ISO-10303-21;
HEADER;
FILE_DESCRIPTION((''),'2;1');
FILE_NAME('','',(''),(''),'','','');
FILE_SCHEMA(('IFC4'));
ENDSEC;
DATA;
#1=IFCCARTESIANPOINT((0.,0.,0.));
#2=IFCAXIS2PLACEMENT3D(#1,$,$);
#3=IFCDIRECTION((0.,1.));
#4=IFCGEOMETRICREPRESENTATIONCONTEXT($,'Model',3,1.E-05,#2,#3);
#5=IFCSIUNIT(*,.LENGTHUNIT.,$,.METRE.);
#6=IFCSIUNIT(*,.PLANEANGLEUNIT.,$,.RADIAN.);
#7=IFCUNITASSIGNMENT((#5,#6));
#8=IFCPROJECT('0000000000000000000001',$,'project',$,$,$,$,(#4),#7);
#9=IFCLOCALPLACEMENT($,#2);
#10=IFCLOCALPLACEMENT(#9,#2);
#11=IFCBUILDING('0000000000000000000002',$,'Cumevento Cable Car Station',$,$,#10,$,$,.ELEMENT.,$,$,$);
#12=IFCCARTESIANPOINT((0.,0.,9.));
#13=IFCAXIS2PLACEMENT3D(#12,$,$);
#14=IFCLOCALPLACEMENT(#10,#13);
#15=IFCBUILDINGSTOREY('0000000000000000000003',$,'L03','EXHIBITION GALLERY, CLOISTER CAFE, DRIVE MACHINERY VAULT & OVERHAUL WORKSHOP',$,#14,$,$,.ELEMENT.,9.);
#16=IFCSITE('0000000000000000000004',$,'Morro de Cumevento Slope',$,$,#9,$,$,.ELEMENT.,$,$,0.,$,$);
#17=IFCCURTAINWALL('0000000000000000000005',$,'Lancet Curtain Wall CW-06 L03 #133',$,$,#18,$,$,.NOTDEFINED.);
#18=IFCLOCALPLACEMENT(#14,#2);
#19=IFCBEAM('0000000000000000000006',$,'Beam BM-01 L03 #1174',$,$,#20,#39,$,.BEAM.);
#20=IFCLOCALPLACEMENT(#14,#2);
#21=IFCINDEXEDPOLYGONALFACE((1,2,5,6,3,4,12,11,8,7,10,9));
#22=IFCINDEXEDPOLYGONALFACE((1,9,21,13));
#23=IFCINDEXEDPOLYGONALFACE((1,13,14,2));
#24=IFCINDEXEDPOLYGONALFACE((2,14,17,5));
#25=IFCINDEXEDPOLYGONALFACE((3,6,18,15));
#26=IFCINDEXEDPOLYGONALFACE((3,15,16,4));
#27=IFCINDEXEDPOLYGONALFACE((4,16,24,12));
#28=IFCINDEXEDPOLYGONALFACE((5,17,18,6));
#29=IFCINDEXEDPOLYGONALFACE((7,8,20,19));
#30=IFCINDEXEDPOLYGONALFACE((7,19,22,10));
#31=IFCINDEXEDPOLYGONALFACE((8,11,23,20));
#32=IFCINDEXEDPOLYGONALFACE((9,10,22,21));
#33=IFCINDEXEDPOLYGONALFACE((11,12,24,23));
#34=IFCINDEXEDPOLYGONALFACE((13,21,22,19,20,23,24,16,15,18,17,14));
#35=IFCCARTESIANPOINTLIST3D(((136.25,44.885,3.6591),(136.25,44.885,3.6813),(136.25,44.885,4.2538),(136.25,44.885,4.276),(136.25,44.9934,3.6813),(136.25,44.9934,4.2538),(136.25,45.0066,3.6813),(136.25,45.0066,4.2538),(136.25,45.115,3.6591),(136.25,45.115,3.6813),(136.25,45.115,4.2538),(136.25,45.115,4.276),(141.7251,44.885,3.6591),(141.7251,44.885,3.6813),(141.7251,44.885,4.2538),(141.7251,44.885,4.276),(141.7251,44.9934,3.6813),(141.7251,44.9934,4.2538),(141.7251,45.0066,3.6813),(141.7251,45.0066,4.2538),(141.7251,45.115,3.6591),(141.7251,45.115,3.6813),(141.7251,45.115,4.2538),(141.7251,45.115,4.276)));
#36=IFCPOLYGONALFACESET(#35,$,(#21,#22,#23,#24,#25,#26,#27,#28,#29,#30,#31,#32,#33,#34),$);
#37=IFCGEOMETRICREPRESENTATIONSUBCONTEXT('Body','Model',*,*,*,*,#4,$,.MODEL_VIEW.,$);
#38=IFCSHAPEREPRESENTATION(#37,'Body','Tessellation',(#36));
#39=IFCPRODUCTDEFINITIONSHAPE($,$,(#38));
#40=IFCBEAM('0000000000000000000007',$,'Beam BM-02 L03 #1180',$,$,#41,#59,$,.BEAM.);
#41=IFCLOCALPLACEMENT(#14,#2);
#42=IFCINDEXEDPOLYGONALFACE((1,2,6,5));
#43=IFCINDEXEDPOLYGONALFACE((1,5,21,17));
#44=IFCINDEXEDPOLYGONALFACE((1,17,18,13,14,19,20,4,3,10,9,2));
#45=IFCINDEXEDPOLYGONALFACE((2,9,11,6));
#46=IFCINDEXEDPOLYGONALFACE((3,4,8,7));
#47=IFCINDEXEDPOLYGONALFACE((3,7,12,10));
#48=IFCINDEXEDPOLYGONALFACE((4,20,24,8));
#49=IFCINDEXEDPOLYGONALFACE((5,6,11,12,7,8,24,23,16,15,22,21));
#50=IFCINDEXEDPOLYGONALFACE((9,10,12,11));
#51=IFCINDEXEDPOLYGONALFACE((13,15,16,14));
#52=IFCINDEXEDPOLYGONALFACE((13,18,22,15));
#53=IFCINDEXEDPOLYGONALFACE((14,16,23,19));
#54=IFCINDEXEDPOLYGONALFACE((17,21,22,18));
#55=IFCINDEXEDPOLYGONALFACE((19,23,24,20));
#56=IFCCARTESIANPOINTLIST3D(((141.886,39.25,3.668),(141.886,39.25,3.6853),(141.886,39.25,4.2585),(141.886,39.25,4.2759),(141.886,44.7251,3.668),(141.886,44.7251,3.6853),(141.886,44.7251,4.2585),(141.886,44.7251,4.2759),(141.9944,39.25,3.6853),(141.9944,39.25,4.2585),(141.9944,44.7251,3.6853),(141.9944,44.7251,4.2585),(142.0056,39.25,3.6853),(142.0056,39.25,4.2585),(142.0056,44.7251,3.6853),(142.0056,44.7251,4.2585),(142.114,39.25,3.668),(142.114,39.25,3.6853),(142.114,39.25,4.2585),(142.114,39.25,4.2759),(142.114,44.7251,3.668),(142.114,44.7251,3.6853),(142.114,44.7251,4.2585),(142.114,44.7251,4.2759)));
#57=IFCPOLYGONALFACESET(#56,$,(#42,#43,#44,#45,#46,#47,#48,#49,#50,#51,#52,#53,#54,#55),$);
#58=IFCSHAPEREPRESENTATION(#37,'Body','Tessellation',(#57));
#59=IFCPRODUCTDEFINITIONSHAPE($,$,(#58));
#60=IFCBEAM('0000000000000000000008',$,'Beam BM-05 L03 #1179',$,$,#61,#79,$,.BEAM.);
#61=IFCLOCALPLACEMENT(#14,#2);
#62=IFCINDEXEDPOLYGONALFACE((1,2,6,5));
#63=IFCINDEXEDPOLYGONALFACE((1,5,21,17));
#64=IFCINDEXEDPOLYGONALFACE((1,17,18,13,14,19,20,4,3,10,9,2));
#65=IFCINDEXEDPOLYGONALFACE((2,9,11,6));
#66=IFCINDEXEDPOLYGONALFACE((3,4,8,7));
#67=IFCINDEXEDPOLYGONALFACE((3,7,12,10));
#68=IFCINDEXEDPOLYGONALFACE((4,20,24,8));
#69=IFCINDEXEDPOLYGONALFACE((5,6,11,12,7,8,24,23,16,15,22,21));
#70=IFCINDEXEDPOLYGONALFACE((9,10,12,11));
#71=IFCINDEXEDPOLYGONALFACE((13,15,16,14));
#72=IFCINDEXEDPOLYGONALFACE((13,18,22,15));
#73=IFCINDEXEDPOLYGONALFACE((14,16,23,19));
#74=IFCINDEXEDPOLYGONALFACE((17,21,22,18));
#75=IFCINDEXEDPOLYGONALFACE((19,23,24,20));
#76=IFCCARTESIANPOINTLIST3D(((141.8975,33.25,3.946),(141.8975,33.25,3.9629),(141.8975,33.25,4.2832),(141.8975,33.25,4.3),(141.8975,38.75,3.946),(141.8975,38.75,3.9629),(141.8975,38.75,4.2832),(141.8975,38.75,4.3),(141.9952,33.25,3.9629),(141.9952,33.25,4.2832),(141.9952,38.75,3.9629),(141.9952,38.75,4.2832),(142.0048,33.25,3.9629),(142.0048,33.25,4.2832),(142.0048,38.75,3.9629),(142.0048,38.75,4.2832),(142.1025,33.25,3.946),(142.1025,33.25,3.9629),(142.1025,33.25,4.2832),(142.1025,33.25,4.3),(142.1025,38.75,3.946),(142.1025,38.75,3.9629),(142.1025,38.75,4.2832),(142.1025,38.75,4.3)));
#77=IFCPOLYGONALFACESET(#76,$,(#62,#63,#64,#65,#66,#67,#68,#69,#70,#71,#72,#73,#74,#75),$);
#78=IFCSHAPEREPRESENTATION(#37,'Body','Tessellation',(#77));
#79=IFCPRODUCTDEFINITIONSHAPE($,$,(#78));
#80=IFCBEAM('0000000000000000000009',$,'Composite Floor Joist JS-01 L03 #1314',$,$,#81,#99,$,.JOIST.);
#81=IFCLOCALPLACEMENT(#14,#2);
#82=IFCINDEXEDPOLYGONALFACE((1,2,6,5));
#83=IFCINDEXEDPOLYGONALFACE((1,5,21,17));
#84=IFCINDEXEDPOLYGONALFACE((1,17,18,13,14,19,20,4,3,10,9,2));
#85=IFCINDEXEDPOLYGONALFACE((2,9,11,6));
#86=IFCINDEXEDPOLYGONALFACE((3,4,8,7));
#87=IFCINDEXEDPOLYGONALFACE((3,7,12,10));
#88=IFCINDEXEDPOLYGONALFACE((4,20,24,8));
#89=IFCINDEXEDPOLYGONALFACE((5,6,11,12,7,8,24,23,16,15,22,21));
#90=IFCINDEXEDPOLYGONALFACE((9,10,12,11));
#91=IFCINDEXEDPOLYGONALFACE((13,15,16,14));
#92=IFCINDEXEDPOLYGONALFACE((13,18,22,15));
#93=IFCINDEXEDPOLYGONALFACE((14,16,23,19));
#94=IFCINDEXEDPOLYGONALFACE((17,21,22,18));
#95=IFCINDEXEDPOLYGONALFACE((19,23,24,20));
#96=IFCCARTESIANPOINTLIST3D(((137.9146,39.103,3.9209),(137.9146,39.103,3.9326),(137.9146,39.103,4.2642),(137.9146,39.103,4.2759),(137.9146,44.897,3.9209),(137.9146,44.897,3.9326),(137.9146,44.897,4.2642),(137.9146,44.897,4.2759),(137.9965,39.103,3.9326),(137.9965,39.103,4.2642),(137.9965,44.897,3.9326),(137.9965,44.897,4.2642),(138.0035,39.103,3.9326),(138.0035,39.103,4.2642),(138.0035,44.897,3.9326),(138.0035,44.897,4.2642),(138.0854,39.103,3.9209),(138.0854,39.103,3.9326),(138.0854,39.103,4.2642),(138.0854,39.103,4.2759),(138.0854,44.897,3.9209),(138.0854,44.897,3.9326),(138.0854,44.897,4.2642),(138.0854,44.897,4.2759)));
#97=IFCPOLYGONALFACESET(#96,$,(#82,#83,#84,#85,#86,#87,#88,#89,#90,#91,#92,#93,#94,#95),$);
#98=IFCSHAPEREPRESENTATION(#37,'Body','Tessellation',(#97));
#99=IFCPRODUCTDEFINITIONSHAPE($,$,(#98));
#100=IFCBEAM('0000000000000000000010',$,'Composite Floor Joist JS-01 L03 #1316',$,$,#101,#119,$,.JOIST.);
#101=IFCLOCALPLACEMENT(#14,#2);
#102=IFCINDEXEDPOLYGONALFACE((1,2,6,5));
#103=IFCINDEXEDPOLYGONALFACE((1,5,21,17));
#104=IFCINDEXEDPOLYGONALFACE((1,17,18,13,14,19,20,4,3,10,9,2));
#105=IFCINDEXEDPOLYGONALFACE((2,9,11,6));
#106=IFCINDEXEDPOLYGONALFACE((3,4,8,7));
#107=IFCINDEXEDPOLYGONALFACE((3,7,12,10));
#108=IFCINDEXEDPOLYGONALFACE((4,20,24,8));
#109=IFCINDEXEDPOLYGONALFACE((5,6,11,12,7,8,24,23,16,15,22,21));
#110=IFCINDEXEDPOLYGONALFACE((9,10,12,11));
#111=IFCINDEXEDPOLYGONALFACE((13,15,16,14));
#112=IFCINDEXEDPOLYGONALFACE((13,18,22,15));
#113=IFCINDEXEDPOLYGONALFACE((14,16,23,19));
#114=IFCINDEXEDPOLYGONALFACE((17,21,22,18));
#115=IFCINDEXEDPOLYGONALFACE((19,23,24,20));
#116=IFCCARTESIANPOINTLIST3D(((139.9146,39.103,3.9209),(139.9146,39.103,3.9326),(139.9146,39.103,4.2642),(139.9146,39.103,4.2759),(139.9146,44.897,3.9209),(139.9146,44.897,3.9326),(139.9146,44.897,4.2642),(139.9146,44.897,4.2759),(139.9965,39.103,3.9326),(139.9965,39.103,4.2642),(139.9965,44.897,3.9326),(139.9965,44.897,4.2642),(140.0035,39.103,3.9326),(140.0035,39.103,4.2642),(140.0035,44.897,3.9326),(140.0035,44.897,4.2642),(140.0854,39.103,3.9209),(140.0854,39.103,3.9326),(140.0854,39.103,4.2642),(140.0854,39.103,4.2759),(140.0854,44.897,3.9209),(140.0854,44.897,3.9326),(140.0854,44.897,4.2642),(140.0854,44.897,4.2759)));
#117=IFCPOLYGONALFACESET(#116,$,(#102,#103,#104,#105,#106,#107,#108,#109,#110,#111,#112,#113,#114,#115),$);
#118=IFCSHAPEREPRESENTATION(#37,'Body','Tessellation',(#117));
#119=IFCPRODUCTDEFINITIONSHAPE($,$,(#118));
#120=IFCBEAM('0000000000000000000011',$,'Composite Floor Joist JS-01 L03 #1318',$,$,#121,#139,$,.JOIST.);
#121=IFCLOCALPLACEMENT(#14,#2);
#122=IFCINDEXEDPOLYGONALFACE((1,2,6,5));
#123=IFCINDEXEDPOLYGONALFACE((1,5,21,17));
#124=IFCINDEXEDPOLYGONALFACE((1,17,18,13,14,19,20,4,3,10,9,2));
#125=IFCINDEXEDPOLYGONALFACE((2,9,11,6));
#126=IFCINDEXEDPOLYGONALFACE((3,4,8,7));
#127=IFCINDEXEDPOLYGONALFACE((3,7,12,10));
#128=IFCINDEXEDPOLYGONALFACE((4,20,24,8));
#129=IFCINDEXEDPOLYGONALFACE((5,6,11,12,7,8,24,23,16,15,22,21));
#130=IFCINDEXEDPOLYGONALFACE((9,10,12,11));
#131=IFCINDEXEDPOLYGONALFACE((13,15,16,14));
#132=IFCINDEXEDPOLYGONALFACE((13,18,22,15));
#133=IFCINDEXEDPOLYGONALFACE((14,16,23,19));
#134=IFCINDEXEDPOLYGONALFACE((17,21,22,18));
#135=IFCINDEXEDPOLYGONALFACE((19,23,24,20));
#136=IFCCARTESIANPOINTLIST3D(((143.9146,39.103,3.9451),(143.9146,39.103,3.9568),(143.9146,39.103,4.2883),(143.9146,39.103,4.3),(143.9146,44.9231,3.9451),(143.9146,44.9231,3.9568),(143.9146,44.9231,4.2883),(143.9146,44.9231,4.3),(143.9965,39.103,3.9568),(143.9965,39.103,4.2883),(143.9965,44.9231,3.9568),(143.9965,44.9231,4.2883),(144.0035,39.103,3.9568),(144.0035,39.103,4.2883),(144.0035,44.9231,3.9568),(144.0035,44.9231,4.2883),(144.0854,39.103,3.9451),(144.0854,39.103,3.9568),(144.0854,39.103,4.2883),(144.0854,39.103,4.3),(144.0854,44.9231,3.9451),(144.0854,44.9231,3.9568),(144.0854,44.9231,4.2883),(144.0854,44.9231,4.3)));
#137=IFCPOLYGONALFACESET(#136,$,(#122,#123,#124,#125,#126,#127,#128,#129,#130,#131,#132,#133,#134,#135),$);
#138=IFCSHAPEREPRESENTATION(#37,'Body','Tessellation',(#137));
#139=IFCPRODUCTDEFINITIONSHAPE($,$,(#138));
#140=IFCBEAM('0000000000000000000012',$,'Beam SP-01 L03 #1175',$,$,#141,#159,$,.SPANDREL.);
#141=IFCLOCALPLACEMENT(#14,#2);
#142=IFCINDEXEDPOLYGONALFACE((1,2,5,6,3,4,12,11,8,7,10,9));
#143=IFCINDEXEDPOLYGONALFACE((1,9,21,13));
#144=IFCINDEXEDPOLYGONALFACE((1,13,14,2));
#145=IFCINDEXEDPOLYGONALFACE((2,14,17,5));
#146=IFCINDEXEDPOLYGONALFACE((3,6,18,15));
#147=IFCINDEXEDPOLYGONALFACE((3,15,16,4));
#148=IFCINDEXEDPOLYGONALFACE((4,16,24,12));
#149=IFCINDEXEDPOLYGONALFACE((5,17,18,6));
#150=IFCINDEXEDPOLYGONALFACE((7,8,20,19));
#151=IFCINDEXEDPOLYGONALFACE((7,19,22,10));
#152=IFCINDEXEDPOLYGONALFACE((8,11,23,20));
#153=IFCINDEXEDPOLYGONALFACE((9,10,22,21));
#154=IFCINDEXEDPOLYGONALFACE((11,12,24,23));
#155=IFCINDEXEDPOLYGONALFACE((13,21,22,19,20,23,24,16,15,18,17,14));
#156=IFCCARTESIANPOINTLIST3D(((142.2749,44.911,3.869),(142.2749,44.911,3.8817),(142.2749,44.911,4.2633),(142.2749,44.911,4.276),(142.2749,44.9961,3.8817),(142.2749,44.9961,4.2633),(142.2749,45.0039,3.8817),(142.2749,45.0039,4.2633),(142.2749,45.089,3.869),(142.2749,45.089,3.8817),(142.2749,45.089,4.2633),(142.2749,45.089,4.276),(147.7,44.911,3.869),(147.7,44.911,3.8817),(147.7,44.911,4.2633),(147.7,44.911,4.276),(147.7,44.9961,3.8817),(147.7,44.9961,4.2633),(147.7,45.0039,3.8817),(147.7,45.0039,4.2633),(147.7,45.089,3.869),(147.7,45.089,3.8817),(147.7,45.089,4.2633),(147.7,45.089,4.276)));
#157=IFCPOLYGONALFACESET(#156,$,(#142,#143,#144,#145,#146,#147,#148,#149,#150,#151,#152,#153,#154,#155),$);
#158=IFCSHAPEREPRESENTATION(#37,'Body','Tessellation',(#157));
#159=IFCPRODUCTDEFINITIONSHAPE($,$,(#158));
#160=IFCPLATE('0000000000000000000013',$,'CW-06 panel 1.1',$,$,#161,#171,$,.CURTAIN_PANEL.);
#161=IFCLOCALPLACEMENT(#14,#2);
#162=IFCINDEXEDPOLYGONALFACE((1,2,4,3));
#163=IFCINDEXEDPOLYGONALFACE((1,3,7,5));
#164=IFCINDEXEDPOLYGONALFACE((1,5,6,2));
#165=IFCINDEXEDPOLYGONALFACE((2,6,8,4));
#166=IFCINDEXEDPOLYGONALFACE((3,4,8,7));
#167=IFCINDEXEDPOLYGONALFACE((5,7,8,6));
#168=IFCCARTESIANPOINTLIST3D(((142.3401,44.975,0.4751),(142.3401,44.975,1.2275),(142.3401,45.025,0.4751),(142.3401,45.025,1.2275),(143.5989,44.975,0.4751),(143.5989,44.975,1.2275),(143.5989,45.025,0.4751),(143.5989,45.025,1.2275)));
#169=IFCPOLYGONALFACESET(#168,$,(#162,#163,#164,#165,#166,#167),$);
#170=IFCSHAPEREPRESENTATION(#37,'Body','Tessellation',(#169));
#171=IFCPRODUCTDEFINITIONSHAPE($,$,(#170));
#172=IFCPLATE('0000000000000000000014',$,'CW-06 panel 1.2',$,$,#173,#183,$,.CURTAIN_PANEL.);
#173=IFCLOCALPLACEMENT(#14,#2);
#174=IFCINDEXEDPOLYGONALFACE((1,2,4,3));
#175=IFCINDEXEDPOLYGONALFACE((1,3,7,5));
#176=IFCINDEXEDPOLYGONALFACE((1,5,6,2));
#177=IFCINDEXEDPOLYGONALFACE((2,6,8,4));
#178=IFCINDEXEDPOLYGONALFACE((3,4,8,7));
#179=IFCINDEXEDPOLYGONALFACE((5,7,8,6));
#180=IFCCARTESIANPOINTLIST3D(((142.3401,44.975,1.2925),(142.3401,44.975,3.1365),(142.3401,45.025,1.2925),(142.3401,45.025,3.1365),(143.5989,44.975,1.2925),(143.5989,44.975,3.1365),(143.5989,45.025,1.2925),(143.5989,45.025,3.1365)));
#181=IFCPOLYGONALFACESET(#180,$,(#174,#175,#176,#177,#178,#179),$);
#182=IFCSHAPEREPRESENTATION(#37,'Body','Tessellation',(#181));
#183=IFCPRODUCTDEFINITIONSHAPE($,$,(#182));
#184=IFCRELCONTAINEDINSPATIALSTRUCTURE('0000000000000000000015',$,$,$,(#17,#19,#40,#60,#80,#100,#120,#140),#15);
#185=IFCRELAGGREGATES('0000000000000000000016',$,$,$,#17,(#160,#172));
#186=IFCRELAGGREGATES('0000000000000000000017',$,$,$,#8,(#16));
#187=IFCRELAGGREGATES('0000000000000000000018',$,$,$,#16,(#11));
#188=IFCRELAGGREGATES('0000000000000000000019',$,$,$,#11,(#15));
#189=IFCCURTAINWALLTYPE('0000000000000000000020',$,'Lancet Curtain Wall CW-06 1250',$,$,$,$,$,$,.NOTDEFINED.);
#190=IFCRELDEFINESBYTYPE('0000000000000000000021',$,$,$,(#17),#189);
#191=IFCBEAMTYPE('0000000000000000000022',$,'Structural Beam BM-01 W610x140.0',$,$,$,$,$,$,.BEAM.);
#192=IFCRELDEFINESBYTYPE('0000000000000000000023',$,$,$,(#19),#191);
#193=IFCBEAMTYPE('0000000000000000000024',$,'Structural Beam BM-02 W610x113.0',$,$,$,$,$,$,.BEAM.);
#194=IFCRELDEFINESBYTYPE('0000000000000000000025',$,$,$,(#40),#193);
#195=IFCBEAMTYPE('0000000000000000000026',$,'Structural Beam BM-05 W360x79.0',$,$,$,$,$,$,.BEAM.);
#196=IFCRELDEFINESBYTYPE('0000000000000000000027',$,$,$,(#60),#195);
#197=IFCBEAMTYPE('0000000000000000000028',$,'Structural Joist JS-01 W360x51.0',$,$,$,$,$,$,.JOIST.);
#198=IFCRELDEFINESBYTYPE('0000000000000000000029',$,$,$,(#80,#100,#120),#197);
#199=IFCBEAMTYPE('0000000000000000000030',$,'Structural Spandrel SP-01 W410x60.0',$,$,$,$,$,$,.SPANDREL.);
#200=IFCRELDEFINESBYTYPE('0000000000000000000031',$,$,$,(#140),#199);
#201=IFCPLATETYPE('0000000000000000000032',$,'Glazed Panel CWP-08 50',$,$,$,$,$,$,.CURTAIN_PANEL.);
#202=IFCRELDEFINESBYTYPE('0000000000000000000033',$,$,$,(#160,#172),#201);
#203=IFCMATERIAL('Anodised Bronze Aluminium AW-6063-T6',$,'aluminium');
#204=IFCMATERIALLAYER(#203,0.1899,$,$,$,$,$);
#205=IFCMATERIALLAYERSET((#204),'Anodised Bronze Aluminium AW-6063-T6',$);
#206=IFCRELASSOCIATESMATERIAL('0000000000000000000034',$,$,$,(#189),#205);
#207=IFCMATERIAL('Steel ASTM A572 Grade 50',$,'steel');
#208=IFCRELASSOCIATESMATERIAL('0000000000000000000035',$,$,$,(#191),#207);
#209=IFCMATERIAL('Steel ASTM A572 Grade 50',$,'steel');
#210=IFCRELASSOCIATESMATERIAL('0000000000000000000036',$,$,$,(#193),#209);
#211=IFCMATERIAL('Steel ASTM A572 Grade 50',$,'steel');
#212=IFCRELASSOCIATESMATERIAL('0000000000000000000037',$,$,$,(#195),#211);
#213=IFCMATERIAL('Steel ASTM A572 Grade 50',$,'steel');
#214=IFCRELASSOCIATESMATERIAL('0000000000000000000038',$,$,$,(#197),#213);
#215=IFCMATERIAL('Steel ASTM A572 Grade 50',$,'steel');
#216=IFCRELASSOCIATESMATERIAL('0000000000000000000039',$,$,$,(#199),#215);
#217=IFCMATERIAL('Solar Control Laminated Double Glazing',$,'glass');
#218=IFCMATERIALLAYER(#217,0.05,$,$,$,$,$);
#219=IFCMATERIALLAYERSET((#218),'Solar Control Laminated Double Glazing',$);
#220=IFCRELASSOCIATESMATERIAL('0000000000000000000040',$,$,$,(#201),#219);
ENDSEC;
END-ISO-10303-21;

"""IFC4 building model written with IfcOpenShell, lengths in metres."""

from ifc_helpers import new_model, si_unit, direction, frame, origin, origin_2d, place, context, subcontext, project, spatial, rectangle, i_section, extrude, material, layer, layer_set, material_profile, profile_set, type_object, element, aggregate, save


model = new_model("IFC4")

# Units and contexts
model_context = context("Model", 3, precision=1e-05, world=origin(), true_north=direction((0.0, 1.0)))
body_context = subcontext(model_context, "Body", "Model", "MODEL_VIEW")
ifc_project = project(units=[si_unit("LENGTHUNIT", "METRE"), si_unit("PLANEANGLEUNIT", "RADIAN")], contexts=[model_context])

# Site, building, storey
site_placement = place(None, origin())
site = spatial("IfcSite", under=ifc_project, at=site_placement, Name="Morro de Cumevento Slope", CompositionType="ELEMENT", RefElevation=0.0)
building_placement = place(site_placement, origin())
building = spatial("IfcBuilding", under=site, at=building_placement, Name="Cumevento Cable Car Station", CompositionType="ELEMENT")
storey_placement = place(building_placement, frame((0.0, 0.0, 9.0)))
storey = spatial("IfcBuildingStorey", under=building, at=storey_placement, Name="L03", Description="EXHIBITION GALLERY, CLOISTER CAFE, DRIVE MACHINERY VAULT & OVERHAUL WORKSHOP", CompositionType="ELEMENT", Elevation=9.0)

# Curtain wall
ifc_material_1 = material(Name="Anodised Bronze Aluminium AW-6063-T6", Category="aluminium")
ifc_layer_1 = layer(ifc_material_1, 0.1899)
ifc_layer_set_1 = layer_set([ifc_layer_1], Name="Anodised Bronze Aluminium AW-6063-T6")
curtain_wall_type = type_object("IfcCurtainWallType", Name="Lancet Curtain Wall CW-06 1250", PredefinedType="NOTDEFINED", material=ifc_layer_set_1)
curtain_wall_placement = place(storey_placement, origin())
curtain_wall = element("IfcCurtainWall", 1, at=curtain_wall_placement, inside=storey, type_object=curtain_wall_type, Name="Lancet Curtain Wall CW-06 L03 #133", PredefinedType="NOTDEFINED")

# Beams
ifc_material_2 = material(Name="Steel ASTM A572 Grade 50", Category="steel")
ifc_material_profile_1 = material_profile(ifc_material_2, i_section(OverallWidth=0.23, OverallDepth=0.6169, WebThickness=0.0132, FlangeThickness=0.0222, at=origin_2d()), Name="W610x140.0")
ifc_profile_set_1 = profile_set([ifc_material_profile_1], Name="Steel ASTM A572 Grade 50")
beam_type_1 = type_object("IfcBeamType", Name="Structural Beam BM-01 W610x140.0", PredefinedType="BEAM", material=ifc_profile_set_1)
for number, where, z_axis, x_axis, name in (
    (2, (136.25, 45.0, 3.9675), (1.0, 0.0, 0.0), (0.0, 1.0, 0.0), "Beam BM-01 L03 #1174"),
):
    element("IfcBeam", number, at=place(storey_placement, frame(where, z_axis=z_axis, x_axis=x_axis)), inside=storey, type_object=beam_type_1, Name=name, PredefinedType="BEAM", context=body_context, shape_type="SweptSolid", body=[
        extrude(i_section(OverallWidth=0.23, OverallDepth=0.6169, WebThickness=0.0132, FlangeThickness=0.0222, at=origin_2d()), origin(), (0.0, 0.0, 1.0), 5.4751),
    ])
ifc_material_3 = material(Name="Steel ASTM A572 Grade 50", Category="steel")
ifc_material_profile_2 = material_profile(ifc_material_3, i_section(OverallWidth=0.228, OverallDepth=0.6079, WebThickness=0.0112, FlangeThickness=0.0173, at=origin_2d()), Name="W610x113.0")
ifc_profile_set_2 = profile_set([ifc_material_profile_2], Name="Steel ASTM A572 Grade 50")
beam_type_2 = type_object("IfcBeamType", Name="Structural Beam BM-02 W610x113.0", PredefinedType="BEAM", material=ifc_profile_set_2)
beam_1_placement = place(storey_placement, frame((142.0, 39.25, 3.9719), z_axis=(0.0, 1.0, 0.0), x_axis=(-1.0, 0.0, 0.0)))
element("IfcBeam", 3, at=beam_1_placement, inside=storey, type_object=beam_type_2, Name="Beam BM-02 L03 #1180", PredefinedType="BEAM", context=body_context, shape_type="SweptSolid", body=[
    extrude(i_section(OverallWidth=0.228, OverallDepth=0.6079, WebThickness=0.0112, FlangeThickness=0.0173, at=origin_2d()), origin(), (0.0, 0.0, 1.0), 5.4751),
])
ifc_material_4 = material(Name="Steel ASTM A572 Grade 50", Category="steel")
ifc_material_profile_3 = material_profile(ifc_material_4, i_section(OverallWidth=0.2051, OverallDepth=0.354, WebThickness=0.0095, FlangeThickness=0.0168, at=origin_2d()), Name="W360x79.0")
ifc_profile_set_3 = profile_set([ifc_material_profile_3], Name="Steel ASTM A572 Grade 50")
beam_type_3 = type_object("IfcBeamType", Name="Structural Beam BM-05 W360x79.0", PredefinedType="BEAM", material=ifc_profile_set_3)
beam_2_placement = place(storey_placement, frame((142.0, 33.25, 4.123), z_axis=(0.0, 1.0, 0.0), x_axis=(-1.0, 0.0, 0.0)))
element("IfcBeam", 4, at=beam_2_placement, inside=storey, type_object=beam_type_3, Name="Beam BM-05 L03 #1179", PredefinedType="BEAM", context=body_context, shape_type="SweptSolid", body=[
    extrude(i_section(OverallWidth=0.2051, OverallDepth=0.354, WebThickness=0.0095, FlangeThickness=0.0168, at=origin_2d()), origin(), (0.0, 0.0, 1.0), 5.5),
])
ifc_material_5 = material(Name="Steel ASTM A572 Grade 50", Category="steel")
ifc_material_profile_4 = material_profile(ifc_material_5, i_section(OverallWidth=0.1709, OverallDepth=0.355, WebThickness=0.0071, FlangeThickness=0.0117, at=origin_2d()), Name="W360x51.0")
ifc_profile_set_4 = profile_set([ifc_material_profile_4], Name="Steel ASTM A572 Grade 50")
beam_type_4 = type_object("IfcBeamType", Name="Structural Joist JS-01 W360x51.0", PredefinedType="JOIST", material=ifc_profile_set_4)
for number, where, z_axis, x_axis, name in (
    (5, (138.0, 39.103, 4.0984), (0.0, 1.0, 0.0), (-1.0, 0.0, 0.0), "Composite Floor Joist JS-01 L03 #1314"),
    (6, (140.0, 39.103, 4.0984), (0.0, 1.0, 0.0), (-1.0, 0.0, 0.0), "Composite Floor Joist JS-01 L03 #1316"),
):
    element("IfcBeam", number, at=place(storey_placement, frame(where, z_axis=z_axis, x_axis=x_axis)), inside=storey, type_object=beam_type_4, Name=name, PredefinedType="JOIST", context=body_context, shape_type="SweptSolid", body=[
        extrude(i_section(OverallWidth=0.1709, OverallDepth=0.355, WebThickness=0.0071, FlangeThickness=0.0117, at=origin_2d()), origin(), (0.0, 0.0, 1.0), 5.7939),
    ])
beam_3_placement = place(storey_placement, frame((144.0, 39.103, 4.1226), z_axis=(0.0, 1.0, 0.0), x_axis=(-1.0, 0.0, 0.0)))
element("IfcBeam", 7, at=beam_3_placement, inside=storey, type_object=beam_type_4, Name="Composite Floor Joist JS-01 L03 #1318", PredefinedType="JOIST", context=body_context, shape_type="SweptSolid", body=[
    extrude(i_section(OverallWidth=0.1709, OverallDepth=0.355, WebThickness=0.0071, FlangeThickness=0.0117, at=origin_2d()), origin(), (0.0, 0.0, 1.0), 5.8201),
])
ifc_material_6 = material(Name="Steel ASTM A572 Grade 50", Category="steel")
ifc_material_profile_5 = material_profile(ifc_material_6, i_section(OverallWidth=0.178, OverallDepth=0.407, WebThickness=0.0078, FlangeThickness=0.0127, at=origin_2d()), Name="W410x60.0")
ifc_profile_set_5 = profile_set([ifc_material_profile_5], Name="Steel ASTM A572 Grade 50")
beam_type_5 = type_object("IfcBeamType", Name="Structural Spandrel SP-01 W410x60.0", PredefinedType="SPANDREL", material=ifc_profile_set_5)
beam_4_placement = place(storey_placement, frame((142.2749, 45.0, 4.0725), z_axis=(1.0, 0.0, 0.0), x_axis=(0.0, 1.0, 0.0)))
element("IfcBeam", 8, at=beam_4_placement, inside=storey, type_object=beam_type_5, Name="Beam SP-01 L03 #1175", PredefinedType="SPANDREL", context=body_context, shape_type="SweptSolid", body=[
    extrude(i_section(OverallWidth=0.178, OverallDepth=0.407, WebThickness=0.0078, FlangeThickness=0.0127, at=origin_2d()), origin(), (0.0, 0.0, 1.0), 5.425),
])

# Plates
ifc_material_7 = material(Name="Solar Control Laminated Double Glazing", Category="glass")
ifc_layer_2 = layer(ifc_material_7, 0.05)
ifc_layer_set_2 = layer_set([ifc_layer_2], Name="Solar Control Laminated Double Glazing")
plate_type = type_object("IfcPlateType", Name="Glazed Panel CWP-08 50", PredefinedType="CURTAIN_PANEL", material=ifc_layer_set_2)
plate_1_placement = place(storey_placement, frame((142.9695, 45.0, 0.4751), z_axis=(0.0, 0.0, 1.0), x_axis=(1.0, 0.0, 0.0)))
plate_1 = element("IfcPlate", 9, at=plate_1_placement, type_object=plate_type, Name="CW-06 panel 1.1", PredefinedType="CURTAIN_PANEL", context=body_context, shape_type="SweptSolid", body=[
    extrude(rectangle(XDim=1.2588, YDim=0.05, at=origin_2d()), origin(), (0.0, 0.0, 1.0), 0.7524),
])
plate_2_placement = place(storey_placement, frame((142.9695, 45.0, 1.2925), z_axis=(0.0, 0.0, 1.0), x_axis=(1.0, 0.0, 0.0)))
plate_2 = element("IfcPlate", 10, at=plate_2_placement, type_object=plate_type, Name="CW-06 panel 1.2", PredefinedType="CURTAIN_PANEL", context=body_context, shape_type="SweptSolid", body=[
    extrude(rectangle(XDim=1.2588, YDim=0.05, at=origin_2d()), origin(), (0.0, 0.0, 1.0), 1.844),
])
aggregate(curtain_wall, [plate_1, plate_2])

save(model, "model.ifc")
